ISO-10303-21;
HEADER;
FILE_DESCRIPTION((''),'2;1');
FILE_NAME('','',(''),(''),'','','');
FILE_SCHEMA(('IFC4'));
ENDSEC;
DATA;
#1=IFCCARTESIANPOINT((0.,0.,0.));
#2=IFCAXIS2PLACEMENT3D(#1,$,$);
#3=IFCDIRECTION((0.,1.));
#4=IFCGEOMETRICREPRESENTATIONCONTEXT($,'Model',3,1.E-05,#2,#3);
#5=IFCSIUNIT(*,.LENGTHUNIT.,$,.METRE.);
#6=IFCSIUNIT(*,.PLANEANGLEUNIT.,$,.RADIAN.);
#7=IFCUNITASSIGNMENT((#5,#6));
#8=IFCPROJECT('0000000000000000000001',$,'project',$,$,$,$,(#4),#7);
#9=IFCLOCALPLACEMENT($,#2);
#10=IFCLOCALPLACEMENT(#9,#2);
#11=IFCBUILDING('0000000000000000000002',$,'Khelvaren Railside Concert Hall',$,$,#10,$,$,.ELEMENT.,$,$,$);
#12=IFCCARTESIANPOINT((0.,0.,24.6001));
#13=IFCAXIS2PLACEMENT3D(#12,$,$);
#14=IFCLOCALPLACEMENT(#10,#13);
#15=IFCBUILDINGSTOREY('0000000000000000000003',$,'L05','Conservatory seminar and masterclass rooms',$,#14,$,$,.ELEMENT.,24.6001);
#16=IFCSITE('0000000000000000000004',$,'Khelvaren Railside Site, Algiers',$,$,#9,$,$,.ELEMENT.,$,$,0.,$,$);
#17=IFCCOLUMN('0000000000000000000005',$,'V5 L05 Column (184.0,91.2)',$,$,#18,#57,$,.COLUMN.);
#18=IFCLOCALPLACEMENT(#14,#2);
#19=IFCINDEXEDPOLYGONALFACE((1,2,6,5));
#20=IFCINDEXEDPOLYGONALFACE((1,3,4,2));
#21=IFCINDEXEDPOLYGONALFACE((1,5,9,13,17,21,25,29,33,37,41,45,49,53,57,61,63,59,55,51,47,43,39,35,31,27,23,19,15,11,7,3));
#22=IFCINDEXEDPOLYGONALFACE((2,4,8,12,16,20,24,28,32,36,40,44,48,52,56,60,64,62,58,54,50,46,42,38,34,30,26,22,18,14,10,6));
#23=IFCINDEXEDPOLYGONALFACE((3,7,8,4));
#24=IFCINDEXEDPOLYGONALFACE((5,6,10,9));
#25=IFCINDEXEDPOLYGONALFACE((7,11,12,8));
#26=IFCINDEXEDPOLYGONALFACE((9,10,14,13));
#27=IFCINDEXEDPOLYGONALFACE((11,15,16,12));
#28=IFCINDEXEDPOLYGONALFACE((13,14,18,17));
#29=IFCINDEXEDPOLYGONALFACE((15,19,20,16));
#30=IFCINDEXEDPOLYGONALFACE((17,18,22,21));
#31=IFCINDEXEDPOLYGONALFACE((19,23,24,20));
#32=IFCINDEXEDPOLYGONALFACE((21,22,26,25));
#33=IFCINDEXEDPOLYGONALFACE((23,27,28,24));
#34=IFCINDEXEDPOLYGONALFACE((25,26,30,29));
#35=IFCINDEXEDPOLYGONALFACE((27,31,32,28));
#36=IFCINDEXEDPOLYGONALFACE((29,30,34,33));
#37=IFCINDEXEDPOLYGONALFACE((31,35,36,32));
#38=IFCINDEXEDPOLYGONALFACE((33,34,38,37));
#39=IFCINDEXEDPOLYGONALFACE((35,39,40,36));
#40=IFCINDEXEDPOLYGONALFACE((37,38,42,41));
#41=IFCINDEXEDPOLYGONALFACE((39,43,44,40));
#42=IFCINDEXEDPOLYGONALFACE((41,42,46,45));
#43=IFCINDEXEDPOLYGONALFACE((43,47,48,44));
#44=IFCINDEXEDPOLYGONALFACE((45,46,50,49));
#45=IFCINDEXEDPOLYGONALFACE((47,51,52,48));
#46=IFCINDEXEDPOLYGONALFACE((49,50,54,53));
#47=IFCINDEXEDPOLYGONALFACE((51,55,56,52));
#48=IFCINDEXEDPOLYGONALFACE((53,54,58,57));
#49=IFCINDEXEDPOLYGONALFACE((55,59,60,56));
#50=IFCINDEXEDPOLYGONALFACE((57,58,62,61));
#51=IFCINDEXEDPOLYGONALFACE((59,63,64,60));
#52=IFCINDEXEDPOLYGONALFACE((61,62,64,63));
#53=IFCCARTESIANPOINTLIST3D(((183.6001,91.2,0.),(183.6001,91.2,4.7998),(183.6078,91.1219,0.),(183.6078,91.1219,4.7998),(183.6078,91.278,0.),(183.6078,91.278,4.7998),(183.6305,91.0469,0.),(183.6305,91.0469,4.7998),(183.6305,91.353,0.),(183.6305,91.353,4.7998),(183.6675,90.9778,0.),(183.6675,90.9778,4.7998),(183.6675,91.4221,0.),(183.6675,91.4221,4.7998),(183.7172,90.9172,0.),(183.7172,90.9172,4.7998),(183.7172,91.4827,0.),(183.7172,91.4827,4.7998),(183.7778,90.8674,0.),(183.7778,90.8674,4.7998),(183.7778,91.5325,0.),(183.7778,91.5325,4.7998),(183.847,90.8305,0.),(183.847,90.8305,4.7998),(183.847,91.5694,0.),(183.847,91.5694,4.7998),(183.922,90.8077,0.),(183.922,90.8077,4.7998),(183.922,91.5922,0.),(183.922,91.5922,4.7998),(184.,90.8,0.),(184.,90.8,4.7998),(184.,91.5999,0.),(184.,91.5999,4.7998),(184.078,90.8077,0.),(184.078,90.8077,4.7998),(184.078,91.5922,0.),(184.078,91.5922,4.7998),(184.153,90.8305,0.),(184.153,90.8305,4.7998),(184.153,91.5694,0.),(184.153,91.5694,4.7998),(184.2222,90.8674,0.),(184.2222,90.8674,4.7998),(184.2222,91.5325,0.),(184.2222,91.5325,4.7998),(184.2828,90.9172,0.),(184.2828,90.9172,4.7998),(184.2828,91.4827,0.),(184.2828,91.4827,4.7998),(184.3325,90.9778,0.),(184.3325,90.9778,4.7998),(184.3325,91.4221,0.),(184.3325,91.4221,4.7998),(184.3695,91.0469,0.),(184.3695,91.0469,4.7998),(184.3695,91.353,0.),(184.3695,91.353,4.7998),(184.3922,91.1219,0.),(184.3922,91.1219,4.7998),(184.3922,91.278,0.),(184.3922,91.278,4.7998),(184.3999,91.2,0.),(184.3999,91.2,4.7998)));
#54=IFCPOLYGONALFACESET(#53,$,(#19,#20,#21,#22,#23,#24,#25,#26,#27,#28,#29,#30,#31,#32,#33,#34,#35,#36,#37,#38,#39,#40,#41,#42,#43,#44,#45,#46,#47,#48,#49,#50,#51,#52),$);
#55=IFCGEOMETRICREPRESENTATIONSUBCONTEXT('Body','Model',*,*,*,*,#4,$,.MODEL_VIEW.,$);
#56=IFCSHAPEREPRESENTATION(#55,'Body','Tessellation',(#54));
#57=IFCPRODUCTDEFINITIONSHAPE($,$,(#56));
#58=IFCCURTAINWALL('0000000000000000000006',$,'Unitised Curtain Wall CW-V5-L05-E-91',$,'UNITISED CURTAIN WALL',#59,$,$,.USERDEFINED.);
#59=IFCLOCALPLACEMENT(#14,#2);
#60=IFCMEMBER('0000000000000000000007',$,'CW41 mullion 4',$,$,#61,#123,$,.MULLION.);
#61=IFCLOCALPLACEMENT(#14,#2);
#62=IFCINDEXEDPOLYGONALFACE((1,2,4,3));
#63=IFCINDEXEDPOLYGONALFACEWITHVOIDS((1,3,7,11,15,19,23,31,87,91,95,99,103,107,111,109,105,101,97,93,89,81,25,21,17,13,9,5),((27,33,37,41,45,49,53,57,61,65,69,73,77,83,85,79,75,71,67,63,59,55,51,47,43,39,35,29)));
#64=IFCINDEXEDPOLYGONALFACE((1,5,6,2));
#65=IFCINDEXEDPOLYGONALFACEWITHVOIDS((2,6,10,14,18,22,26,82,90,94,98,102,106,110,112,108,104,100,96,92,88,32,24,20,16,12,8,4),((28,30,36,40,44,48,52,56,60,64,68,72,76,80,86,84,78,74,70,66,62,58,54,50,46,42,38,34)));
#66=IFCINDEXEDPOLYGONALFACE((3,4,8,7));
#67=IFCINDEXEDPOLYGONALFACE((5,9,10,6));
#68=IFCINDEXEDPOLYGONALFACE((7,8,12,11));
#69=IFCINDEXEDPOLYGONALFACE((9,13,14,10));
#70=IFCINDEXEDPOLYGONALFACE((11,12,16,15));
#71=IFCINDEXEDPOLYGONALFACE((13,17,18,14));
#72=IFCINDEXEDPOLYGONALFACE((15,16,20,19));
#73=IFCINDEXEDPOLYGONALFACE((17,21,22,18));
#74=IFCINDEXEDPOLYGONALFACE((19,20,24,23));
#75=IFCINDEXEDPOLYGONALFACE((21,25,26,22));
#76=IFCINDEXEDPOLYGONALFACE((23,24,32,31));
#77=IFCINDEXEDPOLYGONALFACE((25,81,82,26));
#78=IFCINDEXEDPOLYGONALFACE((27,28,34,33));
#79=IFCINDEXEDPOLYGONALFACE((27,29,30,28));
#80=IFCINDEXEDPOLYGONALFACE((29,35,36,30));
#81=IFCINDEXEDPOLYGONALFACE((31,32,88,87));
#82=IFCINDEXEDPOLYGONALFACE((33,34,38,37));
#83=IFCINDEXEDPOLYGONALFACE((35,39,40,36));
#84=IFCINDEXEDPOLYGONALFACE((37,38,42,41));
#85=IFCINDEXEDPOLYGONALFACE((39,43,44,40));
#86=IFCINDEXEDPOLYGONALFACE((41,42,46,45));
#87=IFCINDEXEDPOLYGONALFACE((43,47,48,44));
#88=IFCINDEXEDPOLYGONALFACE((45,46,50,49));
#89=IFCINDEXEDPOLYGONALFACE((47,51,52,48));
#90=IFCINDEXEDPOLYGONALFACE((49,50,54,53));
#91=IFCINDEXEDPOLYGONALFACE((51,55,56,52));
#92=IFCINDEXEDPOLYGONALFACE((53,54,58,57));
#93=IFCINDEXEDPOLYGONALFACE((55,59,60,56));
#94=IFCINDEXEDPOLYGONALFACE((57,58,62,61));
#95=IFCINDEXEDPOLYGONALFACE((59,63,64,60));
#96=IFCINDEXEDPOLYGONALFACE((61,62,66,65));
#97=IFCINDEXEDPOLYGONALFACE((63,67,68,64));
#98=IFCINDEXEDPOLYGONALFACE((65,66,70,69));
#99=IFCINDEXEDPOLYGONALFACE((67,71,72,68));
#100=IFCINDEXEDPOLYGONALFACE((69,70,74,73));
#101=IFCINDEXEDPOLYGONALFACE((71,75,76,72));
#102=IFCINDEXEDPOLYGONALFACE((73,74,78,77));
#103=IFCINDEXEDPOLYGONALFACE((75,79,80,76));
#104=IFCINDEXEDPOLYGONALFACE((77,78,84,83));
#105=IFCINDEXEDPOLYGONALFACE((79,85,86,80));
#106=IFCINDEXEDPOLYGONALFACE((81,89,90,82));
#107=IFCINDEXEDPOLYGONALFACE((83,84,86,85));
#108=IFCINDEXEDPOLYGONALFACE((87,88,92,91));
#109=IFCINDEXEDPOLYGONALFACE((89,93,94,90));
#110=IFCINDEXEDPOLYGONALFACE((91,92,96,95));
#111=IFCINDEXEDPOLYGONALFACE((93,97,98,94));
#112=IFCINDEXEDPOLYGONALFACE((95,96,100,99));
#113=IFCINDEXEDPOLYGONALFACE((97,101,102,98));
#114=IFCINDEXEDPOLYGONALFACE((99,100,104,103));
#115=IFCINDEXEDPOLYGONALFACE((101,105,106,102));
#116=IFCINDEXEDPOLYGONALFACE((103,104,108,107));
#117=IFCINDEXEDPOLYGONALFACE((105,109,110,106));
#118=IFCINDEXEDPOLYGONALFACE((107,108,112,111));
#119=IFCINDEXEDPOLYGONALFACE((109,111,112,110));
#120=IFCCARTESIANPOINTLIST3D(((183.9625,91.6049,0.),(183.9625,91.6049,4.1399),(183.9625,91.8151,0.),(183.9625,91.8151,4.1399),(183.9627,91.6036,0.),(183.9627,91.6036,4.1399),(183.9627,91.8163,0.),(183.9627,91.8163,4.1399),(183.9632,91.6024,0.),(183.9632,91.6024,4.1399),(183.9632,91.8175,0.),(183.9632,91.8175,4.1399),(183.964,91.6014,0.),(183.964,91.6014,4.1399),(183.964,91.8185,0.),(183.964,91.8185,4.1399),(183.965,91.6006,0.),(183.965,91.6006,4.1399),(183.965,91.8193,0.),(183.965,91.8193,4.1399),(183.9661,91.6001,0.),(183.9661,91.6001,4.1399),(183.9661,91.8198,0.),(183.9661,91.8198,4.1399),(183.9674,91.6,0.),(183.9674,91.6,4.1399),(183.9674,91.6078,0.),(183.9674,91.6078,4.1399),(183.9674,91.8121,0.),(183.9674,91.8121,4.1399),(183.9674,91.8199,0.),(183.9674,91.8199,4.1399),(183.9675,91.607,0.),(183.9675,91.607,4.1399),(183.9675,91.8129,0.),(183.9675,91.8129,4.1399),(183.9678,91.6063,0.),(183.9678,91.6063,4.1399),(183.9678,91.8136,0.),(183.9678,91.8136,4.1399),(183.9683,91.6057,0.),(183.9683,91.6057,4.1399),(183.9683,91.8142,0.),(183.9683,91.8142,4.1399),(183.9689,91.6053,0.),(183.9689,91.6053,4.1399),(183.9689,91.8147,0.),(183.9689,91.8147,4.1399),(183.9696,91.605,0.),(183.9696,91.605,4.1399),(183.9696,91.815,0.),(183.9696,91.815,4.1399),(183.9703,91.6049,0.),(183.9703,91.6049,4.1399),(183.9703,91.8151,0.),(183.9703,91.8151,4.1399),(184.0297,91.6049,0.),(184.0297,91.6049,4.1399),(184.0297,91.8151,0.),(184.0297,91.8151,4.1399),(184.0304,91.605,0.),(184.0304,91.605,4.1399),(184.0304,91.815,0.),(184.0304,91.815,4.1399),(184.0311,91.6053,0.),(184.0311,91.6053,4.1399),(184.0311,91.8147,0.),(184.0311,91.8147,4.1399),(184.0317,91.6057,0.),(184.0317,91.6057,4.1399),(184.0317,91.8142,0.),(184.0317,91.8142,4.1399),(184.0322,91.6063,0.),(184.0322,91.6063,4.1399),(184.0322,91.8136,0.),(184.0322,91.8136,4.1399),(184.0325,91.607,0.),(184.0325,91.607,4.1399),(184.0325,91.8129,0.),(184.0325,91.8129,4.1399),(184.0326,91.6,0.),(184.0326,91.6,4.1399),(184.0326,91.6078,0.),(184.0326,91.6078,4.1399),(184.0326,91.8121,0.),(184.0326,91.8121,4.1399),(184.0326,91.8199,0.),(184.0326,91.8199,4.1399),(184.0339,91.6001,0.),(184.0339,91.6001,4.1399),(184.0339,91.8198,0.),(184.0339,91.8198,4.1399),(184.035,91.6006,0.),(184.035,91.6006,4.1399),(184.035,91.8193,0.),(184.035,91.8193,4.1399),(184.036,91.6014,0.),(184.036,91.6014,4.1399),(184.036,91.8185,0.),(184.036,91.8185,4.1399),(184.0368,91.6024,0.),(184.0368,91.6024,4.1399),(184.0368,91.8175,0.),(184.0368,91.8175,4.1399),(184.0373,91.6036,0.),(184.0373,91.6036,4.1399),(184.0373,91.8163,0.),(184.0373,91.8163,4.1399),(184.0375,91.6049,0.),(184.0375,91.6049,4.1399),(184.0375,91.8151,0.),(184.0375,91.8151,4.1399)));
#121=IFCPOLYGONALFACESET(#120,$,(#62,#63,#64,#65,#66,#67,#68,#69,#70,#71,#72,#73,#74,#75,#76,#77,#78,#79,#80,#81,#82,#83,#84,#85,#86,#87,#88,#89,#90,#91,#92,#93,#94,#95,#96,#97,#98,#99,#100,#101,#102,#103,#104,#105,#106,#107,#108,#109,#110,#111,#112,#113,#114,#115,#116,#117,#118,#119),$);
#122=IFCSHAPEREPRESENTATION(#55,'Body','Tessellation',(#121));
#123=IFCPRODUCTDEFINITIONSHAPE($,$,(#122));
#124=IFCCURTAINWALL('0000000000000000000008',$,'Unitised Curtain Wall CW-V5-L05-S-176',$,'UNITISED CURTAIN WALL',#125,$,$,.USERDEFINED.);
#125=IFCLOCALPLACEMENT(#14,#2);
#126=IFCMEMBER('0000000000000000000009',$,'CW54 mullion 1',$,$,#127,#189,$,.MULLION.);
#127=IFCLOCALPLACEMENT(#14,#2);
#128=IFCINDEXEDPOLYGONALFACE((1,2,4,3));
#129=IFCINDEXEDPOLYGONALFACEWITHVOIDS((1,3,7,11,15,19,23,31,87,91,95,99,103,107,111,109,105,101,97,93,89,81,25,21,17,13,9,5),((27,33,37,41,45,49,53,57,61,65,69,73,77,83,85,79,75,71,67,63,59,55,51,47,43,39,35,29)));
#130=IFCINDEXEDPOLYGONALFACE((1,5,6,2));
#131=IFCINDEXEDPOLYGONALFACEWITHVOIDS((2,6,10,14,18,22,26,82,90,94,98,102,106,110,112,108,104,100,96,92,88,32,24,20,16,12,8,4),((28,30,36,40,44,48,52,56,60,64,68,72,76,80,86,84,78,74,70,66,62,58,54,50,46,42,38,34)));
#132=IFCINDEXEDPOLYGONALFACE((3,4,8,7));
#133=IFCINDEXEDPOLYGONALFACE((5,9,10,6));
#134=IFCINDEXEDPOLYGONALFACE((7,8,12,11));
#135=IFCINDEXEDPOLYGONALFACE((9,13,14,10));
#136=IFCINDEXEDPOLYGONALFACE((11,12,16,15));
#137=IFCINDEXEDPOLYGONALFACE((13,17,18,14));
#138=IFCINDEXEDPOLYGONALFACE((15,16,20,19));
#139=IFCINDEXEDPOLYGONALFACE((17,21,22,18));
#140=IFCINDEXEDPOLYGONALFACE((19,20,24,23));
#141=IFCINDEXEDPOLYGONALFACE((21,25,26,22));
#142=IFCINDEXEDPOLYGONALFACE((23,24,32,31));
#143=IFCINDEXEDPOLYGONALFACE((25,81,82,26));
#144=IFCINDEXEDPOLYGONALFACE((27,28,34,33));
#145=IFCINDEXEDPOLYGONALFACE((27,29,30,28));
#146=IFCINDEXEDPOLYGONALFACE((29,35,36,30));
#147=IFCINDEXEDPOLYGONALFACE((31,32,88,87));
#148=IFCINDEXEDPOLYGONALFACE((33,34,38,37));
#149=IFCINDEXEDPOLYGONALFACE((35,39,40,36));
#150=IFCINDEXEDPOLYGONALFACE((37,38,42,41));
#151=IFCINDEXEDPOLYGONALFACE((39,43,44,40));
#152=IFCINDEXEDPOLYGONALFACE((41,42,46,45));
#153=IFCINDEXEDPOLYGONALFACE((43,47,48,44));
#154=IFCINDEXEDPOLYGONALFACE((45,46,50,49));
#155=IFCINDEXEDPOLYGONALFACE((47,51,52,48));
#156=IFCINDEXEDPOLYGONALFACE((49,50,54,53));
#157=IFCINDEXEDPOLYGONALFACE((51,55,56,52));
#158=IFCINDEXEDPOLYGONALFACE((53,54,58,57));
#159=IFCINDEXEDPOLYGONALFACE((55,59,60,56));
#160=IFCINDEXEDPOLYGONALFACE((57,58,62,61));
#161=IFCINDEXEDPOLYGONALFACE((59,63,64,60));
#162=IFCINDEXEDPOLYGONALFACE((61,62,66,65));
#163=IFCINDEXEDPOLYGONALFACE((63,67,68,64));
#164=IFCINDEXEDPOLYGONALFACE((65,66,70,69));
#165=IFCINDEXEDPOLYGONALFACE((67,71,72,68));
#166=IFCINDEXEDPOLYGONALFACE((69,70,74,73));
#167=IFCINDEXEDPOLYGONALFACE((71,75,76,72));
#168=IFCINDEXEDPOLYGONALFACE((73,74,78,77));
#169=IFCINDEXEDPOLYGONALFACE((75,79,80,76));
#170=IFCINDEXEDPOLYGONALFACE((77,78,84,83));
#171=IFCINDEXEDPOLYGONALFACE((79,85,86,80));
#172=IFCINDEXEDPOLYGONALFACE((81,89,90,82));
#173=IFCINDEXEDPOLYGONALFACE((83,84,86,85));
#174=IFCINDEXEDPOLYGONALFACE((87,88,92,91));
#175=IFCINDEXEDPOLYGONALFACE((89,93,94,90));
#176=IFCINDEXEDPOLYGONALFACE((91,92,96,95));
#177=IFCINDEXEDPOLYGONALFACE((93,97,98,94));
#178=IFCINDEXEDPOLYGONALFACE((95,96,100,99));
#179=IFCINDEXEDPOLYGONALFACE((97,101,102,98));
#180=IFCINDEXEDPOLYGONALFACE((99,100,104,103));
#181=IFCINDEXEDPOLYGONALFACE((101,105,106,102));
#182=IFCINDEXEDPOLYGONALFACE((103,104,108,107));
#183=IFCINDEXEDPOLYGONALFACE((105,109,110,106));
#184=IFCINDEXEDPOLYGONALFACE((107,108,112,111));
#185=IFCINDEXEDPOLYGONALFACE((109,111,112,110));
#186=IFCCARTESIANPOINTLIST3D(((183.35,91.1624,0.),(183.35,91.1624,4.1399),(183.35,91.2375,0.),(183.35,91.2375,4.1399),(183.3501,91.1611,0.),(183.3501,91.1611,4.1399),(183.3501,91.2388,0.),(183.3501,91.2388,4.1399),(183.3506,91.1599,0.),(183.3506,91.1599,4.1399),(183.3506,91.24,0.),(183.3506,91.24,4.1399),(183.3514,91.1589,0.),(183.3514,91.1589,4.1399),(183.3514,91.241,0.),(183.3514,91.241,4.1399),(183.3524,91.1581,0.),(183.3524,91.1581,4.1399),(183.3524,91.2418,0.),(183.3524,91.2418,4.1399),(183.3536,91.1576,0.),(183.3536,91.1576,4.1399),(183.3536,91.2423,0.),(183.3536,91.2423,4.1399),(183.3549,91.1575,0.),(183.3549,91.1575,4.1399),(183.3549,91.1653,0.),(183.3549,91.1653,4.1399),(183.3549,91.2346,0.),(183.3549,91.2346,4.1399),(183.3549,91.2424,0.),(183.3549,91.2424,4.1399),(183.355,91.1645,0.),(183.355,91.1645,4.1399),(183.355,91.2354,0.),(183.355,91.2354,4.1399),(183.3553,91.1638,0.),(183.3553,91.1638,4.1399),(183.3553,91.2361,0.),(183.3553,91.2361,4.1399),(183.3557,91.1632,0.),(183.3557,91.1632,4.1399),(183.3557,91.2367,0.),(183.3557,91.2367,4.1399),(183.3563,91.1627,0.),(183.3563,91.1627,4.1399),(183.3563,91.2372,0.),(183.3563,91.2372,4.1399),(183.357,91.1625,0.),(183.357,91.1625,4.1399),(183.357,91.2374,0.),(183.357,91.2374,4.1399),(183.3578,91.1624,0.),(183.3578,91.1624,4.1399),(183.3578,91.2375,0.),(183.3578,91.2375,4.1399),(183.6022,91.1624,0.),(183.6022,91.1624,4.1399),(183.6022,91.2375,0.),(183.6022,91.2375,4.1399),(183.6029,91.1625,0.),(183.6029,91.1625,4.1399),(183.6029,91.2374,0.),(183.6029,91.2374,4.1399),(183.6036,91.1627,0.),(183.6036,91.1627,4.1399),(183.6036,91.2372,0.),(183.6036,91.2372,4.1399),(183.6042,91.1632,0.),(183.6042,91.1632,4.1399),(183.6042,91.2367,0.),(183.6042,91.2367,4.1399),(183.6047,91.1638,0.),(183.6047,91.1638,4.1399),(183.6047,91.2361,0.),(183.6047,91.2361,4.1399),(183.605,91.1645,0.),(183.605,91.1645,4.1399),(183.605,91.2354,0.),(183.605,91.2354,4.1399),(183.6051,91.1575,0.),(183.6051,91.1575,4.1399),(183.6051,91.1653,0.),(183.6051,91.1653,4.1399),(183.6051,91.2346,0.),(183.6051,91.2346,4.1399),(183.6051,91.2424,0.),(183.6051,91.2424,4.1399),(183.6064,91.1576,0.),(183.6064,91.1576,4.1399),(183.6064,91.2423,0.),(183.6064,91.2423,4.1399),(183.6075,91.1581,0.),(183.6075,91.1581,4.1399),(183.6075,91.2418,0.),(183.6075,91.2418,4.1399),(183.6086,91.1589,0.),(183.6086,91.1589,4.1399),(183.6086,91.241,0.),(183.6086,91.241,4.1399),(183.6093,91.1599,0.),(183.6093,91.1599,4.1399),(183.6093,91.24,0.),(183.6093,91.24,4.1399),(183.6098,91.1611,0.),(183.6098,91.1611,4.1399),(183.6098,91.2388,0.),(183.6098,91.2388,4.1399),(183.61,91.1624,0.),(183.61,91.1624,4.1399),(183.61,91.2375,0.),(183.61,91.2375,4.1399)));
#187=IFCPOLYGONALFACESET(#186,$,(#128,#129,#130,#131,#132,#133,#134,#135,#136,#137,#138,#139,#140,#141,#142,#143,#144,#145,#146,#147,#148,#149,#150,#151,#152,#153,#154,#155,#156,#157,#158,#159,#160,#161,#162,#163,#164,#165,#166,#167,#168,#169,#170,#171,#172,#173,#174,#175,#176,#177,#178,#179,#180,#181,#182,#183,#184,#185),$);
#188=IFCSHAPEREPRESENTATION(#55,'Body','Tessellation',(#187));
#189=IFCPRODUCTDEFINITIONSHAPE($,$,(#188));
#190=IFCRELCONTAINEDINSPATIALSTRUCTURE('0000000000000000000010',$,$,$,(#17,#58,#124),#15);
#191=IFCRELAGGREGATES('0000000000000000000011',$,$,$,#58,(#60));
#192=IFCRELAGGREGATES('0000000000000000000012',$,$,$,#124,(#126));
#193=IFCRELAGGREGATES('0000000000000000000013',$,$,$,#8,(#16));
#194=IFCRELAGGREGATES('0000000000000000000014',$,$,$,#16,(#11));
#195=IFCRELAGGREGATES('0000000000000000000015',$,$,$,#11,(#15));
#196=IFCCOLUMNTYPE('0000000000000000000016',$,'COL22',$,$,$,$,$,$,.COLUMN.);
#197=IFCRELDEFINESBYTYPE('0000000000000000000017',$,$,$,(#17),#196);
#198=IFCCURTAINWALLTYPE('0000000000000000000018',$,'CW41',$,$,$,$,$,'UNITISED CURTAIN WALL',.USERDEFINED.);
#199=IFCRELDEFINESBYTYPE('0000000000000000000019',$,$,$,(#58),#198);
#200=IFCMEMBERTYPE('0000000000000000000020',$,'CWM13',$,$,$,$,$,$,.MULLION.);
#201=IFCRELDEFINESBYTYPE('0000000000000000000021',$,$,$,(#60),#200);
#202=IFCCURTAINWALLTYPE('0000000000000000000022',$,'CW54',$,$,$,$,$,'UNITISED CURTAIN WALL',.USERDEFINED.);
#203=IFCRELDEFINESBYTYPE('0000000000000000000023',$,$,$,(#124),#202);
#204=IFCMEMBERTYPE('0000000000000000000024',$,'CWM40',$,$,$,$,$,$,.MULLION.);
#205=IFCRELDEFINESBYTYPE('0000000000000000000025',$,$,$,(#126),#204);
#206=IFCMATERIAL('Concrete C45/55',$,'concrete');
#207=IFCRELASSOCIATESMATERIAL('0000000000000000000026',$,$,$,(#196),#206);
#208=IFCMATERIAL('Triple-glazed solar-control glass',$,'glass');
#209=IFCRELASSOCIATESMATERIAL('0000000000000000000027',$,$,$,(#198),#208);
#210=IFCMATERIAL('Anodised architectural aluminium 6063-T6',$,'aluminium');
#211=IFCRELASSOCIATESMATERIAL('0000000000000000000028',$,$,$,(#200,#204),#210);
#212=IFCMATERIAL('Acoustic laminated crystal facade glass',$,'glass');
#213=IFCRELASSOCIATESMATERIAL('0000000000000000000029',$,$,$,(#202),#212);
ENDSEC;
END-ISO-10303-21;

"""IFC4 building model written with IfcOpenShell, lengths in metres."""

from ifc_helpers import new_model, si_unit, direction, frame, origin, origin_2d, place, context, subcontext, project, spatial, hollow_rectangle, circle, extrude, material, material_profile, profile_set, type_object, element, aggregate, save


model = new_model("IFC4")

# Units and contexts
model_context = context("Model", 3, precision=1e-05, world=origin(), true_north=direction((0.0, 1.0)))
body_context = subcontext(model_context, "Body", "Model", "MODEL_VIEW")
ifc_project = project(units=[si_unit("LENGTHUNIT", "METRE"), si_unit("PLANEANGLEUNIT", "RADIAN")], contexts=[model_context])

# Site, building, storey
site_placement = place(None, origin())
site = spatial("IfcSite", under=ifc_project, at=site_placement, Name="Khelvaren Railside Site, Algiers", CompositionType="ELEMENT", RefElevation=0.0)
building_placement = place(site_placement, origin())
building = spatial("IfcBuilding", under=site, at=building_placement, Name="Khelvaren Railside Concert Hall", CompositionType="ELEMENT")
storey_placement = place(building_placement, frame((0.0, 0.0, 24.6001)))
storey = spatial("IfcBuildingStorey", under=building, at=storey_placement, Name="L05", Description="Conservatory seminar and masterclass rooms", CompositionType="ELEMENT", Elevation=24.6001)

# Column
ifc_material_1 = material(Name="Concrete C45/55", Category="concrete")
ifc_material_profile_1 = material_profile(ifc_material_1, circle(Radius=0.3999, at=origin_2d()), Name="RC D800")
ifc_profile_set_1 = profile_set([ifc_material_profile_1], Name="Concrete C45/55")
column_type = type_object("IfcColumnType", Name="COL22", PredefinedType="COLUMN", material=ifc_profile_set_1)
column_placement = place(storey_placement, frame((184.0, 91.2, 0.0), z_axis=(0.0, 0.0, 1.0), x_axis=(1.0, 0.0, 0.0)))
element("IfcColumn", 1, at=column_placement, inside=storey, type_object=column_type, Name="V5 L05 Column (184.0,91.2)", PredefinedType="COLUMN", context=body_context, shape_type="SweptSolid", body=[
    extrude(circle(Radius=0.3999, at=origin_2d()), origin(), (0.0, 0.0, 1.0), 4.7998),
])

# Curtain wall, member
ifc_material_2 = material(Name="Triple-glazed solar-control glass", Category="glass")
curtain_wall_type_1 = type_object("IfcCurtainWallType", Name="CW41", ElementType="UNITISED CURTAIN WALL", PredefinedType="USERDEFINED", material=ifc_material_2)
curtain_wall_1_placement = place(storey_placement, origin())
curtain_wall_1 = element("IfcCurtainWall", 2, at=curtain_wall_1_placement, inside=storey, type_object=curtain_wall_type_1, Name="Unitised Curtain Wall CW-V5-L05-E-91", ObjectType="UNITISED CURTAIN WALL", PredefinedType="USERDEFINED")
ifc_material_3 = material(Name="Anodised architectural aluminium 6063-T6", Category="aluminium")
ifc_material_profile_2 = material_profile(ifc_material_3, hollow_rectangle(XDim=0.075, YDim=0.22, WallThickness=0.0049, InnerFilletRadius=0.0029, OuterFilletRadius=0.0049, at=origin_2d()), Name="CWM 75x220x5")
ifc_profile_set_2 = profile_set([ifc_material_profile_2], Name="Anodised architectural aluminium 6063-T6")
member_type_1 = type_object("IfcMemberType", Name="CWM13", PredefinedType="MULLION", material=ifc_profile_set_2)
member_1_placement = place(storey_placement, frame((184.0, 91.71, 0.0), z_axis=(0.0, 0.0, 1.0), x_axis=(1.0, 0.0, 0.0)))
member_1 = element("IfcMember", 3, at=member_1_placement, type_object=member_type_1, Name="CW41 mullion 4", PredefinedType="MULLION", context=body_context, shape_type="SweptSolid", body=[
    extrude(hollow_rectangle(XDim=0.075, YDim=0.22, WallThickness=0.0049, InnerFilletRadius=0.0029, OuterFilletRadius=0.0049, at=origin_2d()), origin(), (0.0, 0.0, 1.0), 4.1399),
])

# Curtain wall, member
ifc_material_4 = material(Name="Acoustic laminated crystal facade glass", Category="glass")
curtain_wall_type_2 = type_object("IfcCurtainWallType", Name="CW54", ElementType="UNITISED CURTAIN WALL", PredefinedType="USERDEFINED", material=ifc_material_4)
curtain_wall_2_placement = place(storey_placement, origin())
curtain_wall_2 = element("IfcCurtainWall", 4, at=curtain_wall_2_placement, inside=storey, type_object=curtain_wall_type_2, Name="Unitised Curtain Wall CW-V5-L05-S-176", ObjectType="UNITISED CURTAIN WALL", PredefinedType="USERDEFINED")
ifc_material_profile_3 = material_profile(ifc_material_3, hollow_rectangle(XDim=0.085, YDim=0.26, WallThickness=0.0049, InnerFilletRadius=0.0029, OuterFilletRadius=0.0049, at=origin_2d()), Name="CWM 85x260x5")
ifc_profile_set_3 = profile_set([ifc_material_profile_3], Name="Anodised architectural aluminium 6063-T6")
member_type_2 = type_object("IfcMemberType", Name="CWM40", PredefinedType="MULLION", material=ifc_profile_set_3)
member_2_placement = place(storey_placement, frame((183.48, 91.2, 0.0), z_axis=(0.0, 0.0, 1.0), x_axis=(0.0, -1.0, 0.0)))
member_2 = element("IfcMember", 5, at=member_2_placement, type_object=member_type_2, Name="CW54 mullion 1", PredefinedType="MULLION", context=body_context, shape_type="SweptSolid", body=[
    extrude(hollow_rectangle(XDim=0.085, YDim=0.26, WallThickness=0.0049, InnerFilletRadius=0.0029, OuterFilletRadius=0.0049, at=origin_2d()), origin(), (0.0, 0.0, 1.0), 4.1399),
])

aggregate(curtain_wall_1, [member_1])
aggregate(curtain_wall_2, [member_2])

save(model, "model.ifc")
